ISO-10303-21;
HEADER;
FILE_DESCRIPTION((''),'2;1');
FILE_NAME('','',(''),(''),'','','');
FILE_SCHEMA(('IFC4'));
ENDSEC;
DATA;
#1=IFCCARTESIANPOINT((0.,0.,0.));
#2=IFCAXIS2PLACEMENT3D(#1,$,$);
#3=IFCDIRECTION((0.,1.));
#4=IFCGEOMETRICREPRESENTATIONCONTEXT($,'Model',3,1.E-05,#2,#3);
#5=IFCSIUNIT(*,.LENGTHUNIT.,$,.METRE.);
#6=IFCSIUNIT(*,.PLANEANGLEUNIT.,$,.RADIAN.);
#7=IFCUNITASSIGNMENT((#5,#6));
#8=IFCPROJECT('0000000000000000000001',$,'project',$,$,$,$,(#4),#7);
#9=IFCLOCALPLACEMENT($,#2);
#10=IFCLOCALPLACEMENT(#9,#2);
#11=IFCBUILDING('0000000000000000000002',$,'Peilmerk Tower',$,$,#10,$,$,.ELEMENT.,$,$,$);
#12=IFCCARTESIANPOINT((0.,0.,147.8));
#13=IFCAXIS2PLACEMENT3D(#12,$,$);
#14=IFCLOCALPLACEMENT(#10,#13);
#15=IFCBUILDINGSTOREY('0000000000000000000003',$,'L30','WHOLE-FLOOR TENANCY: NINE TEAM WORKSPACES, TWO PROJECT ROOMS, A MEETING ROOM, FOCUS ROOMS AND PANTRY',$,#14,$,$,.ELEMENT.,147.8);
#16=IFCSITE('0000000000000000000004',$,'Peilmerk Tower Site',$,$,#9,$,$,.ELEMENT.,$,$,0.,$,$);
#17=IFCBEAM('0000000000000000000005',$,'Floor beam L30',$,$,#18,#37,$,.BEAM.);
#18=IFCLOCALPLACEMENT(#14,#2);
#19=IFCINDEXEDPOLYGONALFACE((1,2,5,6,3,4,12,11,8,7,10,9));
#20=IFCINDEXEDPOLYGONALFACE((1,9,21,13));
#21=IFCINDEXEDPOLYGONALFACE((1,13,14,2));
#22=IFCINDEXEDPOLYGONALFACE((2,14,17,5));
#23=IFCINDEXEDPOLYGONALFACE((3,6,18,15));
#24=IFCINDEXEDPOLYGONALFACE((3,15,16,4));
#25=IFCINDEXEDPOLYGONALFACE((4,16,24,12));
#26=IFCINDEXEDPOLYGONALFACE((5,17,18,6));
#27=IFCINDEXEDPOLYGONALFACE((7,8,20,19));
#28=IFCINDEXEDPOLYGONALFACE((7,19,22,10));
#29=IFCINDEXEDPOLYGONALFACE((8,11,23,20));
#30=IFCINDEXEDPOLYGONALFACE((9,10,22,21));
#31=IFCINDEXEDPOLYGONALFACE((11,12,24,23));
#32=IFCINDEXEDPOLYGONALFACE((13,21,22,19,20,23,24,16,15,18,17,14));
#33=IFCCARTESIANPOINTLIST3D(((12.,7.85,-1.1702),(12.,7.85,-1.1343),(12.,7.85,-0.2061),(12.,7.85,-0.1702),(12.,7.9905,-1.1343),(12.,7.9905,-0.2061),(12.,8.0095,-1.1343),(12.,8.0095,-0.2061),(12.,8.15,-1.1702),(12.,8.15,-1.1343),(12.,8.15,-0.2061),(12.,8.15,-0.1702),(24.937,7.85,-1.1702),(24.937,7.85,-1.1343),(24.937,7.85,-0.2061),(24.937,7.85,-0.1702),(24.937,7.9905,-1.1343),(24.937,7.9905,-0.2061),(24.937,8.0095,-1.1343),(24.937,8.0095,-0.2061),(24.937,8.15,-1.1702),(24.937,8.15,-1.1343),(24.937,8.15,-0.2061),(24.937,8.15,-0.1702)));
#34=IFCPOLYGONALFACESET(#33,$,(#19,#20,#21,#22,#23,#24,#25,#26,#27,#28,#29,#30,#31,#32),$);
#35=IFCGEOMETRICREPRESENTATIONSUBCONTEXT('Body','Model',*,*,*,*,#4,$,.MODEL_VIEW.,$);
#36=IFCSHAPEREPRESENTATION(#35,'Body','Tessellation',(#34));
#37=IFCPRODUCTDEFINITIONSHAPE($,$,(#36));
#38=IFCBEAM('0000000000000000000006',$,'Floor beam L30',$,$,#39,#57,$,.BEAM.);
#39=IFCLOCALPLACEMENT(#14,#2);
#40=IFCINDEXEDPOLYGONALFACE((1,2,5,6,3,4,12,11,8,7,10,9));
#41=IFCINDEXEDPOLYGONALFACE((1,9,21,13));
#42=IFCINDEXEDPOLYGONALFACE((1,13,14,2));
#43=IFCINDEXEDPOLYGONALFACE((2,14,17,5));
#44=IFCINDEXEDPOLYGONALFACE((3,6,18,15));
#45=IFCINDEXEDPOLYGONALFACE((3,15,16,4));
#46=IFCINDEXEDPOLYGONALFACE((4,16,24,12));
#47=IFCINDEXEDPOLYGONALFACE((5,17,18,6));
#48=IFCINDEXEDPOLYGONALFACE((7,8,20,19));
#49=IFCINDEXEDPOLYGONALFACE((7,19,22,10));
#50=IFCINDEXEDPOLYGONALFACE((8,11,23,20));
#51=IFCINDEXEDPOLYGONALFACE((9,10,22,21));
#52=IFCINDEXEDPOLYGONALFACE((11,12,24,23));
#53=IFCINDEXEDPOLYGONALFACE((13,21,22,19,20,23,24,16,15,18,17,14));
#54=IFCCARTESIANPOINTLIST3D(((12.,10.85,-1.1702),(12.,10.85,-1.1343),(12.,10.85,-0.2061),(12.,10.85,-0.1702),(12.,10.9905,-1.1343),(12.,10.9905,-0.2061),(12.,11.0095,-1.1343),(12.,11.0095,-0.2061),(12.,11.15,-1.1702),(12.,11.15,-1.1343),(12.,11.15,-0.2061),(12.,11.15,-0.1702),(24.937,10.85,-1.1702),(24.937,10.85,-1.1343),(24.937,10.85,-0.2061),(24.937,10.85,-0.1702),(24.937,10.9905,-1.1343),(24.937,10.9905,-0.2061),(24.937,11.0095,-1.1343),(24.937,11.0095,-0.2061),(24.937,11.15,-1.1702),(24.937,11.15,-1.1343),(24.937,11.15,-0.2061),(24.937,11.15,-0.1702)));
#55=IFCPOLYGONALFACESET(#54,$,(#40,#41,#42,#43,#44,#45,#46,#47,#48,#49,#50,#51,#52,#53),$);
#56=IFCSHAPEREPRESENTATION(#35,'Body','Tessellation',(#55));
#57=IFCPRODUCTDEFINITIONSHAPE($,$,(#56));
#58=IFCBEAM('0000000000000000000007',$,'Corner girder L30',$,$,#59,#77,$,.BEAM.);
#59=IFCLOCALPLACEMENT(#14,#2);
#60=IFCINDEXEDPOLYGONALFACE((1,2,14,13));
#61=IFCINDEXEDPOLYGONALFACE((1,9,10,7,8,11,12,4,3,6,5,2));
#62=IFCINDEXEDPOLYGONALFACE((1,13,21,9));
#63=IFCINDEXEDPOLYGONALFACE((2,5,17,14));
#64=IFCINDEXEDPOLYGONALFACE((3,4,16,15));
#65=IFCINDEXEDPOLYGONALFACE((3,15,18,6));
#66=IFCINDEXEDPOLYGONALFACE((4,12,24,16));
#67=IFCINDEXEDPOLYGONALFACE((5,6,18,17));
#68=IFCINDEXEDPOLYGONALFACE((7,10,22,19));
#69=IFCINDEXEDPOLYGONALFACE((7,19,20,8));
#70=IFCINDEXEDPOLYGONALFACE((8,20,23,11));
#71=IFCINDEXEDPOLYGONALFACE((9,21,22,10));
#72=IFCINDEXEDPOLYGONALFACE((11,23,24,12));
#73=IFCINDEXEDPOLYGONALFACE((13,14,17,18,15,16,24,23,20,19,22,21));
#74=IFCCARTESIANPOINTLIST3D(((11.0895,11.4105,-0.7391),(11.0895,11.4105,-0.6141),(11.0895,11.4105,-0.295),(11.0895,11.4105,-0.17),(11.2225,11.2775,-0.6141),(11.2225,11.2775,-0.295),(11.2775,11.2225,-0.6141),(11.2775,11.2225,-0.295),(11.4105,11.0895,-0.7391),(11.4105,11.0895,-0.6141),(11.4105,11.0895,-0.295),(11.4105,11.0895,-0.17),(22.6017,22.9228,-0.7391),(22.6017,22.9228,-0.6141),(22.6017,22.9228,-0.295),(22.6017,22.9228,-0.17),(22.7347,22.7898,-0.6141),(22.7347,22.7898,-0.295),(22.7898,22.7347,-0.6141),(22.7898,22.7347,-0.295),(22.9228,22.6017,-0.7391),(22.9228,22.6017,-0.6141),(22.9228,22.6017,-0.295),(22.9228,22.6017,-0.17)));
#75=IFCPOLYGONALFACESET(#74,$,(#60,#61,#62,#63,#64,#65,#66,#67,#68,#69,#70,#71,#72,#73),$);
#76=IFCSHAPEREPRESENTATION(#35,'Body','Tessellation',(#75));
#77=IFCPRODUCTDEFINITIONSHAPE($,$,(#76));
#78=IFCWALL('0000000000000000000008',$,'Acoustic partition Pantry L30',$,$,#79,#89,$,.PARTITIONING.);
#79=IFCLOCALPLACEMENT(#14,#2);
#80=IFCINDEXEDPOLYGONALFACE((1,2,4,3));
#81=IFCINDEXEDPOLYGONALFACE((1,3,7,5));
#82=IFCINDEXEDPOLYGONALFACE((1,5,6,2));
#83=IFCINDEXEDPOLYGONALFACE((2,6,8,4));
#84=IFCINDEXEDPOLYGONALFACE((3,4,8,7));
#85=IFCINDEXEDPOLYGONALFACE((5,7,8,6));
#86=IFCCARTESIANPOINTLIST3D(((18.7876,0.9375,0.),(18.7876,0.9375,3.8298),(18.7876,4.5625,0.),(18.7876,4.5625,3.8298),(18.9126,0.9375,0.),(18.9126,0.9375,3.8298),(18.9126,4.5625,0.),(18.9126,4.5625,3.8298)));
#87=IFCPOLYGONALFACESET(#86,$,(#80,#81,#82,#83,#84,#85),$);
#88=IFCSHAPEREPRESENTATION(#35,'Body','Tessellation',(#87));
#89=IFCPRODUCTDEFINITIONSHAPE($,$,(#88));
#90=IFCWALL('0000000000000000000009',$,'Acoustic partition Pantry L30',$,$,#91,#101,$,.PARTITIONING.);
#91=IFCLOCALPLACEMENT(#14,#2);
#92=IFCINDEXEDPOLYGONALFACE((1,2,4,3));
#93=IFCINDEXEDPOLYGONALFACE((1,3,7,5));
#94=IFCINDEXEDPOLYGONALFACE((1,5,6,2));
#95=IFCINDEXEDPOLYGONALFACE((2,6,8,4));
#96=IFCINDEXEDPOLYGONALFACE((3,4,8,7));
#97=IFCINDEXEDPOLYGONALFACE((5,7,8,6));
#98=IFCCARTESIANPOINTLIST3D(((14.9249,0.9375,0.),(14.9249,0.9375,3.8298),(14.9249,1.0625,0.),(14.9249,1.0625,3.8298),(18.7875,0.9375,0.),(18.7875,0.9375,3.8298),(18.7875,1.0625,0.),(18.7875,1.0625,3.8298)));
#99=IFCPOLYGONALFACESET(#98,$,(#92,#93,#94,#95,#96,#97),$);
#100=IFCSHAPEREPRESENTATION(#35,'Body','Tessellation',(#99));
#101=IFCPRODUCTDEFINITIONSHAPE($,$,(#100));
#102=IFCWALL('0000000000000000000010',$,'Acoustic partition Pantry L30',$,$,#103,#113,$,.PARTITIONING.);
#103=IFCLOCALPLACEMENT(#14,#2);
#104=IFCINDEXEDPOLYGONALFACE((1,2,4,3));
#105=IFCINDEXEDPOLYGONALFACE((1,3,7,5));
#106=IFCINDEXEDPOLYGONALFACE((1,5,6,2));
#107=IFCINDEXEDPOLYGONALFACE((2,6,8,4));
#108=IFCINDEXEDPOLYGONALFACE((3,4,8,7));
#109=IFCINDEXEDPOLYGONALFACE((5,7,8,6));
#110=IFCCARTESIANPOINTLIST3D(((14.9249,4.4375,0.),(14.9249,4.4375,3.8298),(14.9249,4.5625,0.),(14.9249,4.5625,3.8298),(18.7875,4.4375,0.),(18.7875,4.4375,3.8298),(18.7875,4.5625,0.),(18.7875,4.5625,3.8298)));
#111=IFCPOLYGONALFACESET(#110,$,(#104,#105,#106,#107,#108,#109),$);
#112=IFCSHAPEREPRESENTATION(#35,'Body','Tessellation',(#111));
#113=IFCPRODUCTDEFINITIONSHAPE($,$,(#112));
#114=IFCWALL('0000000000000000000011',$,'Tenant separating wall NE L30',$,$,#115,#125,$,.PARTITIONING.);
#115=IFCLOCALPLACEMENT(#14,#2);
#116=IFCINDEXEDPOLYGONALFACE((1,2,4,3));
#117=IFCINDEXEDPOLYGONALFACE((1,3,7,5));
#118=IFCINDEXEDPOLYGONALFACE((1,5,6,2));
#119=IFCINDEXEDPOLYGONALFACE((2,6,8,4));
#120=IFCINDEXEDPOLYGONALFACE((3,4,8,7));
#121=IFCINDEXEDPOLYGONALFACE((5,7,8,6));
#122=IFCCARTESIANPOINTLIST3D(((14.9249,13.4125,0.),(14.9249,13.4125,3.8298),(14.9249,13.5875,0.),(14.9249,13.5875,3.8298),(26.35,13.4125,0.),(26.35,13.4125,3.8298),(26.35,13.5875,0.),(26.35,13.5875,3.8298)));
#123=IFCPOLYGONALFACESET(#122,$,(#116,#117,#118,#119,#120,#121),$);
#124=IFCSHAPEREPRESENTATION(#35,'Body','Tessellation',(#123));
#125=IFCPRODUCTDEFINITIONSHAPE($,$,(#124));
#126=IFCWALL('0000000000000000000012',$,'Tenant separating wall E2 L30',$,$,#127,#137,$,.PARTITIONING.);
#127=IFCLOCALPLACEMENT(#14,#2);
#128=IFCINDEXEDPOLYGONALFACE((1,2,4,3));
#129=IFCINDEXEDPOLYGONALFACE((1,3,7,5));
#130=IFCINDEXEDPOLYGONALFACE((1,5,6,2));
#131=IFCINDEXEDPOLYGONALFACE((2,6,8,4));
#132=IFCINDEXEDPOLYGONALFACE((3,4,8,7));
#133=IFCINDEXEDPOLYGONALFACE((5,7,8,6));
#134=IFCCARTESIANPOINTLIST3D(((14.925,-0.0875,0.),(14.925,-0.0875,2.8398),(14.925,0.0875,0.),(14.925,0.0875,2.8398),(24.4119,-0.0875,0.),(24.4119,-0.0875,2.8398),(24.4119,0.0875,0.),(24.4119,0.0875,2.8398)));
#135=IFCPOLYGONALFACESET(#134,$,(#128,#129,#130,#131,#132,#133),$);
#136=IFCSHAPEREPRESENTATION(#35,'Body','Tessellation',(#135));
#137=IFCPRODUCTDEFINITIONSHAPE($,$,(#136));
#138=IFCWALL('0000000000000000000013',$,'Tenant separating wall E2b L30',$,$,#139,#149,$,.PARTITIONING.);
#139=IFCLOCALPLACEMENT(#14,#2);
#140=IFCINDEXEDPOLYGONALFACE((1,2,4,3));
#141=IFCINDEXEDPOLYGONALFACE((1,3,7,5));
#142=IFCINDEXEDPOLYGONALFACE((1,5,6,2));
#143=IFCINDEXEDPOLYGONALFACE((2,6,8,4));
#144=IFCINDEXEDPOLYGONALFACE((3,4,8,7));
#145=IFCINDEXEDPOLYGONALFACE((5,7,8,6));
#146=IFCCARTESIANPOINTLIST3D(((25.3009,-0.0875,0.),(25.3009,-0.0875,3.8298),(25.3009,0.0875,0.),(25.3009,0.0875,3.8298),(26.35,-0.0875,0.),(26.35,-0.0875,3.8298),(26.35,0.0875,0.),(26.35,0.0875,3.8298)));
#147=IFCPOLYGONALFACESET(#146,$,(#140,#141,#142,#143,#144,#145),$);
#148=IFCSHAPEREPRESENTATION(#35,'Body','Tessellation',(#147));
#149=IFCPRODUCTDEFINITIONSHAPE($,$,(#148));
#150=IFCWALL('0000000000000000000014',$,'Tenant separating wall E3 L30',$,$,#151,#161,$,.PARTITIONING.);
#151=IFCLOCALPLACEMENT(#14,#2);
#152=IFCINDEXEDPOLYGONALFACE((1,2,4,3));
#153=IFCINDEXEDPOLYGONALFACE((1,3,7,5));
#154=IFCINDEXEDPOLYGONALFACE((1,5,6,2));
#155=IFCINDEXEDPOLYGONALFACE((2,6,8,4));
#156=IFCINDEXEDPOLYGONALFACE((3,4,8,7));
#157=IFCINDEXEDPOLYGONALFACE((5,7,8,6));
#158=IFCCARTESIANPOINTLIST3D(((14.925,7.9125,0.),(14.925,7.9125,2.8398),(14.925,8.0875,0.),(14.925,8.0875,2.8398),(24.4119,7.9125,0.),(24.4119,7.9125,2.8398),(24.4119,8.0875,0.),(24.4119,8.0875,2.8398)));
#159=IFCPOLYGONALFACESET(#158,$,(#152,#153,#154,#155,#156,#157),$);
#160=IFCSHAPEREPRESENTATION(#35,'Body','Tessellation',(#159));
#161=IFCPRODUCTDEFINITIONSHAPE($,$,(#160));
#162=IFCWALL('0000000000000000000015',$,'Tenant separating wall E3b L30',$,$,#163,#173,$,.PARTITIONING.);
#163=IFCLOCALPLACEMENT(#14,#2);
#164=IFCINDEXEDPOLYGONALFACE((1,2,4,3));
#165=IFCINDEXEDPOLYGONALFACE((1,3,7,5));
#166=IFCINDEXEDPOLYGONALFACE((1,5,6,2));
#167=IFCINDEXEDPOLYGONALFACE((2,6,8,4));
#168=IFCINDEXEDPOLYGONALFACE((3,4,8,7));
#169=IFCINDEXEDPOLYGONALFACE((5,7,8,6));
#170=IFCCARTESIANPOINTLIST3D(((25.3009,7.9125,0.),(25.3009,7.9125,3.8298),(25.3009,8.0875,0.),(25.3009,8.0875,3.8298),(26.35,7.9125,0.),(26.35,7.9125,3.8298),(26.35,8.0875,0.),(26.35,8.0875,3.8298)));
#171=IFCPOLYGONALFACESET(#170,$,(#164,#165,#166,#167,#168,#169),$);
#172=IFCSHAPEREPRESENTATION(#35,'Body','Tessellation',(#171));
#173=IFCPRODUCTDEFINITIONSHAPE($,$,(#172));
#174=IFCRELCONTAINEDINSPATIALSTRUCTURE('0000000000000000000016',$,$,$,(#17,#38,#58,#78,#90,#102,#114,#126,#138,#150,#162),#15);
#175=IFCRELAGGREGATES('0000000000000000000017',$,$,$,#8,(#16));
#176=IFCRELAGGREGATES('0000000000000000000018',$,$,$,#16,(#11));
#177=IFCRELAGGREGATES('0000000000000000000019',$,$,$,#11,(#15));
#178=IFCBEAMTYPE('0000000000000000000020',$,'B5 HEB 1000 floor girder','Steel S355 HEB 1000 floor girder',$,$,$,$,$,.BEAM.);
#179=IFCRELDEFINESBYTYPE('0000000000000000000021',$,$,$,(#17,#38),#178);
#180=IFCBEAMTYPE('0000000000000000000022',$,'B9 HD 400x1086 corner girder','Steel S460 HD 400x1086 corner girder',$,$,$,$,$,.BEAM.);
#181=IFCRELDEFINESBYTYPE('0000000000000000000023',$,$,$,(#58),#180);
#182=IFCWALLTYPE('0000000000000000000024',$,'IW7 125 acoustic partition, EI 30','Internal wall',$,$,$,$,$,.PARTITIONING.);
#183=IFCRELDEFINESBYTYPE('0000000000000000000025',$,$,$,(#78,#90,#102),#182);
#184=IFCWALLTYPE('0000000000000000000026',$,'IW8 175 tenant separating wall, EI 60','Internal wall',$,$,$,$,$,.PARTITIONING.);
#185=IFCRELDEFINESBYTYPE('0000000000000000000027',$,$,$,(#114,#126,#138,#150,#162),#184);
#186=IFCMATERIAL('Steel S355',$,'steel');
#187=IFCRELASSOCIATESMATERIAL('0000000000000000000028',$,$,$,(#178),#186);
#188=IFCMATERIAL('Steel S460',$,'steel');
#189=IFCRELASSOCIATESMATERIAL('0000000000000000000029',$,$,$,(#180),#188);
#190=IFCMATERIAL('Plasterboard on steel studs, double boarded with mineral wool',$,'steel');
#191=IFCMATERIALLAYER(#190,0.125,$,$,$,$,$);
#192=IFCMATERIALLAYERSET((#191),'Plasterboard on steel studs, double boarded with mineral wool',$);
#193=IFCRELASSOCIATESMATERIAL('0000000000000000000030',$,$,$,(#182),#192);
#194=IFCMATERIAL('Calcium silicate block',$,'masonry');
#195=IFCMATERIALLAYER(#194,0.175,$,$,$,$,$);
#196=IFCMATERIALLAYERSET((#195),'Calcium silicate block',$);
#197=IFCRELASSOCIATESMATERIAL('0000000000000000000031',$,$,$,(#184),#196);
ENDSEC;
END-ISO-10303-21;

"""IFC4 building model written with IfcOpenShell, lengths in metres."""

from ifc_helpers import new_model, si_unit, direction, frame, frame_2d, origin, origin_2d, place, context, subcontext, project, spatial, rectangle, i_section, extrude, material, layer, layer_set, material_profile, profile_set, type_object, element, save


model = new_model("IFC4")

# Units and contexts
model_context = context("Model", 3, precision=1e-05, world=origin(), true_north=direction((0.0, 1.0)))
body_context = subcontext(model_context, "Body", "Model", "MODEL_VIEW")
ifc_project = project(units=[si_unit("LENGTHUNIT", "METRE"), si_unit("PLANEANGLEUNIT", "RADIAN")], contexts=[model_context])

# Site, building, storey
site_placement = place(None, origin())
site = spatial("IfcSite", under=ifc_project, at=site_placement, Name="Peilmerk Tower Site", CompositionType="ELEMENT", RefElevation=0.0)
building_placement = place(site_placement, origin())
building = spatial("IfcBuilding", under=site, at=building_placement, Name="Peilmerk Tower", CompositionType="ELEMENT")
storey_placement = place(building_placement, frame((0.0, 0.0, 147.8)))
storey = spatial("IfcBuildingStorey", under=building, at=storey_placement, Name="L30", Description="WHOLE-FLOOR TENANCY: NINE TEAM WORKSPACES, TWO PROJECT ROOMS, A MEETING ROOM, FOCUS ROOMS AND PANTRY", CompositionType="ELEMENT", Elevation=147.8)

# Shared definitions
ifc_material_1 = material(Name="Steel S460", Category="steel")

# Beams
ifc_material_2 = material(Name="Steel S355", Category="steel")
ifc_material_profile_1 = material_profile(ifc_material_2, i_section(OverallWidth=0.3, OverallDepth=1.0, WebThickness=0.019, FlangeThickness=0.0359, at=origin_2d()), Name="HEB 1000")
ifc_profile_set_1 = profile_set([ifc_material_profile_1], Name="Steel S355")
beam_type_1 = type_object("IfcBeamType", Name="B5 HEB 1000 floor girder", Description="Steel S355 HEB 1000 floor girder", PredefinedType="BEAM", material=ifc_profile_set_1)
for number, where, z_axis, x_axis, name in (
    (1, (12.0, 8.0, -0.6702), (1.0, 0.0, 0.0), (0.0, 1.0, 0.0), "Floor beam L30"),
    (2, (12.0, 11.0, -0.6702), (1.0, 0.0, 0.0), (0.0, 1.0, 0.0), "Floor beam L30"),
):
    element("IfcBeam", number, at=place(storey_placement, frame(where, z_axis=z_axis, x_axis=x_axis)), inside=storey, type_object=beam_type_1, Name=name, PredefinedType="BEAM", context=body_context, shape_type="SweptSolid", body=[
        extrude(i_section(OverallWidth=0.3, OverallDepth=1.0, WebThickness=0.019, FlangeThickness=0.0359, at=origin_2d()), origin(), (0.0, 0.0, 1.0), 12.937),
    ])
ifc_material_profile_2 = material_profile(ifc_material_1, i_section(OverallWidth=0.4541, OverallDepth=0.5691, WebThickness=0.0779, FlangeThickness=0.125, at=origin_2d()), Name="HD 400x1086")
ifc_profile_set_2 = profile_set([ifc_material_profile_2], Name="Steel S460")
beam_type_2 = type_object("IfcBeamType", Name="B9 HD 400x1086 corner girder", Description="Steel S460 HD 400x1086 corner girder", PredefinedType="BEAM", material=ifc_profile_set_2)
beam_1_placement = place(storey_placement, frame((11.25, 11.25, -0.4546), z_axis=(0.707107, 0.707107, 0.0), x_axis=(-0.707107, 0.707107, 0.0)))
element("IfcBeam", 3, at=beam_1_placement, inside=storey, type_object=beam_type_2, Name="Corner girder L30", PredefinedType="BEAM", context=body_context, shape_type="SweptSolid", body=[
    extrude(i_section(OverallWidth=0.4541, OverallDepth=0.5691, WebThickness=0.0779, FlangeThickness=0.125, at=origin_2d()), origin(), (0.0, 0.0, 1.0), 16.2808),
])

# Walls
ifc_material_3 = material(Name="Plasterboard on steel studs, double boarded with mineral wool", Category="steel")
ifc_layer_1 = layer(ifc_material_3, 0.125)
ifc_layer_set_1 = layer_set([ifc_layer_1], Name="Plasterboard on steel studs, double boarded with mineral wool")
wall_type_1 = type_object("IfcWallType", Name="IW7 125 acoustic partition, EI 30", Description="Internal wall", PredefinedType="PARTITIONING", material=ifc_layer_set_1)
wall_1_placement = place(storey_placement, frame((18.8501, 0.9375, 0.0), z_axis=(0.0, 0.0, 1.0), x_axis=(0.0, 1.0, 0.0)))
element("IfcWall", 4, at=wall_1_placement, inside=storey, type_object=wall_type_1, Name="Acoustic partition Pantry L30", PredefinedType="PARTITIONING", context=body_context, shape_type="SweptSolid", body=[
    extrude(rectangle(XDim=3.625, YDim=0.125, at=frame_2d((1.8125, 0.0))), origin(), (0.0, 0.0, 1.0), 3.8298),
])
for number, where, z_axis, x_axis, name in (
    (5, (14.925, 1.0, 0.0), (0.0, 0.0, 1.0), (1.0, 0.0, 0.0), "Acoustic partition Pantry L30"),
    (6, (14.925, 4.5, 0.0), (0.0, 0.0, 1.0), (1.0, 0.0, 0.0), "Acoustic partition Pantry L30"),
):
    element("IfcWall", number, at=place(storey_placement, frame(where, z_axis=z_axis, x_axis=x_axis)), inside=storey, type_object=wall_type_1, Name=name, PredefinedType="PARTITIONING", context=body_context, shape_type="SweptSolid", body=[
        extrude(rectangle(XDim=3.8625, YDim=0.125, at=frame_2d((1.9312, 0.0))), origin(), (0.0, 0.0, 1.0), 3.8298),
    ])
ifc_material_4 = material(Name="Calcium silicate block", Category="masonry")
ifc_layer_2 = layer(ifc_material_4, 0.175)
ifc_layer_set_2 = layer_set([ifc_layer_2], Name="Calcium silicate block")
wall_type_2 = type_object("IfcWallType", Name="IW8 175 tenant separating wall, EI 60", Description="Internal wall", PredefinedType="PARTITIONING", material=ifc_layer_set_2)
wall_2_placement = place(storey_placement, frame((14.925, 13.5, 0.0), z_axis=(0.0, 0.0, 1.0), x_axis=(1.0, 0.0, 0.0)))
element("IfcWall", 7, at=wall_2_placement, inside=storey, type_object=wall_type_2, Name="Tenant separating wall NE L30", PredefinedType="PARTITIONING", context=body_context, shape_type="SweptSolid", body=[
    extrude(rectangle(XDim=11.425, YDim=0.175, at=frame_2d((5.7124, 0.0))), origin(), (0.0, 0.0, 1.0), 3.8298),
])
wall_3_placement = place(storey_placement, frame((14.925, 0.0, 0.0), z_axis=(0.0, 0.0, 1.0), x_axis=(1.0, 0.0, 0.0)))
element("IfcWall", 8, at=wall_3_placement, inside=storey, type_object=wall_type_2, Name="Tenant separating wall E2 L30", PredefinedType="PARTITIONING", context=body_context, shape_type="SweptSolid", body=[
    extrude(rectangle(XDim=9.4868, YDim=0.175, at=frame_2d((4.7434, 0.0))), origin(), (0.0, 0.0, 1.0), 2.8398),
])
wall_4_placement = place(storey_placement, frame((25.301, 0.0, 0.0), z_axis=(0.0, 0.0, 1.0), x_axis=(1.0, 0.0, 0.0)))
element("IfcWall", 9, at=wall_4_placement, inside=storey, type_object=wall_type_2, Name="Tenant separating wall E2b L30", PredefinedType="PARTITIONING", context=body_context, shape_type="SweptSolid", body=[
    extrude(rectangle(XDim=1.0491, YDim=0.175, at=frame_2d((0.5244, 0.0))), origin(), (0.0, 0.0, 1.0), 3.8298),
])
wall_5_placement = place(storey_placement, frame((14.925, 8.0, 0.0), z_axis=(0.0, 0.0, 1.0), x_axis=(1.0, 0.0, 0.0)))
element("IfcWall", 10, at=wall_5_placement, inside=storey, type_object=wall_type_2, Name="Tenant separating wall E3 L30", PredefinedType="PARTITIONING", context=body_context, shape_type="SweptSolid", body=[
    extrude(rectangle(XDim=9.4868, YDim=0.175, at=frame_2d((4.7434, 0.0))), origin(), (0.0, 0.0, 1.0), 2.8398),
])
wall_6_placement = place(storey_placement, frame((25.301, 8.0, 0.0), z_axis=(0.0, 0.0, 1.0), x_axis=(1.0, 0.0, 0.0)))
element("IfcWall", 11, at=wall_6_placement, inside=storey, type_object=wall_type_2, Name="Tenant separating wall E3b L30", PredefinedType="PARTITIONING", context=body_context, shape_type="SweptSolid", body=[
    extrude(rectangle(XDim=1.0491, YDim=0.175, at=frame_2d((0.5244, 0.0))), origin(), (0.0, 0.0, 1.0), 3.8298),
])

save(model, "model.ifc")
